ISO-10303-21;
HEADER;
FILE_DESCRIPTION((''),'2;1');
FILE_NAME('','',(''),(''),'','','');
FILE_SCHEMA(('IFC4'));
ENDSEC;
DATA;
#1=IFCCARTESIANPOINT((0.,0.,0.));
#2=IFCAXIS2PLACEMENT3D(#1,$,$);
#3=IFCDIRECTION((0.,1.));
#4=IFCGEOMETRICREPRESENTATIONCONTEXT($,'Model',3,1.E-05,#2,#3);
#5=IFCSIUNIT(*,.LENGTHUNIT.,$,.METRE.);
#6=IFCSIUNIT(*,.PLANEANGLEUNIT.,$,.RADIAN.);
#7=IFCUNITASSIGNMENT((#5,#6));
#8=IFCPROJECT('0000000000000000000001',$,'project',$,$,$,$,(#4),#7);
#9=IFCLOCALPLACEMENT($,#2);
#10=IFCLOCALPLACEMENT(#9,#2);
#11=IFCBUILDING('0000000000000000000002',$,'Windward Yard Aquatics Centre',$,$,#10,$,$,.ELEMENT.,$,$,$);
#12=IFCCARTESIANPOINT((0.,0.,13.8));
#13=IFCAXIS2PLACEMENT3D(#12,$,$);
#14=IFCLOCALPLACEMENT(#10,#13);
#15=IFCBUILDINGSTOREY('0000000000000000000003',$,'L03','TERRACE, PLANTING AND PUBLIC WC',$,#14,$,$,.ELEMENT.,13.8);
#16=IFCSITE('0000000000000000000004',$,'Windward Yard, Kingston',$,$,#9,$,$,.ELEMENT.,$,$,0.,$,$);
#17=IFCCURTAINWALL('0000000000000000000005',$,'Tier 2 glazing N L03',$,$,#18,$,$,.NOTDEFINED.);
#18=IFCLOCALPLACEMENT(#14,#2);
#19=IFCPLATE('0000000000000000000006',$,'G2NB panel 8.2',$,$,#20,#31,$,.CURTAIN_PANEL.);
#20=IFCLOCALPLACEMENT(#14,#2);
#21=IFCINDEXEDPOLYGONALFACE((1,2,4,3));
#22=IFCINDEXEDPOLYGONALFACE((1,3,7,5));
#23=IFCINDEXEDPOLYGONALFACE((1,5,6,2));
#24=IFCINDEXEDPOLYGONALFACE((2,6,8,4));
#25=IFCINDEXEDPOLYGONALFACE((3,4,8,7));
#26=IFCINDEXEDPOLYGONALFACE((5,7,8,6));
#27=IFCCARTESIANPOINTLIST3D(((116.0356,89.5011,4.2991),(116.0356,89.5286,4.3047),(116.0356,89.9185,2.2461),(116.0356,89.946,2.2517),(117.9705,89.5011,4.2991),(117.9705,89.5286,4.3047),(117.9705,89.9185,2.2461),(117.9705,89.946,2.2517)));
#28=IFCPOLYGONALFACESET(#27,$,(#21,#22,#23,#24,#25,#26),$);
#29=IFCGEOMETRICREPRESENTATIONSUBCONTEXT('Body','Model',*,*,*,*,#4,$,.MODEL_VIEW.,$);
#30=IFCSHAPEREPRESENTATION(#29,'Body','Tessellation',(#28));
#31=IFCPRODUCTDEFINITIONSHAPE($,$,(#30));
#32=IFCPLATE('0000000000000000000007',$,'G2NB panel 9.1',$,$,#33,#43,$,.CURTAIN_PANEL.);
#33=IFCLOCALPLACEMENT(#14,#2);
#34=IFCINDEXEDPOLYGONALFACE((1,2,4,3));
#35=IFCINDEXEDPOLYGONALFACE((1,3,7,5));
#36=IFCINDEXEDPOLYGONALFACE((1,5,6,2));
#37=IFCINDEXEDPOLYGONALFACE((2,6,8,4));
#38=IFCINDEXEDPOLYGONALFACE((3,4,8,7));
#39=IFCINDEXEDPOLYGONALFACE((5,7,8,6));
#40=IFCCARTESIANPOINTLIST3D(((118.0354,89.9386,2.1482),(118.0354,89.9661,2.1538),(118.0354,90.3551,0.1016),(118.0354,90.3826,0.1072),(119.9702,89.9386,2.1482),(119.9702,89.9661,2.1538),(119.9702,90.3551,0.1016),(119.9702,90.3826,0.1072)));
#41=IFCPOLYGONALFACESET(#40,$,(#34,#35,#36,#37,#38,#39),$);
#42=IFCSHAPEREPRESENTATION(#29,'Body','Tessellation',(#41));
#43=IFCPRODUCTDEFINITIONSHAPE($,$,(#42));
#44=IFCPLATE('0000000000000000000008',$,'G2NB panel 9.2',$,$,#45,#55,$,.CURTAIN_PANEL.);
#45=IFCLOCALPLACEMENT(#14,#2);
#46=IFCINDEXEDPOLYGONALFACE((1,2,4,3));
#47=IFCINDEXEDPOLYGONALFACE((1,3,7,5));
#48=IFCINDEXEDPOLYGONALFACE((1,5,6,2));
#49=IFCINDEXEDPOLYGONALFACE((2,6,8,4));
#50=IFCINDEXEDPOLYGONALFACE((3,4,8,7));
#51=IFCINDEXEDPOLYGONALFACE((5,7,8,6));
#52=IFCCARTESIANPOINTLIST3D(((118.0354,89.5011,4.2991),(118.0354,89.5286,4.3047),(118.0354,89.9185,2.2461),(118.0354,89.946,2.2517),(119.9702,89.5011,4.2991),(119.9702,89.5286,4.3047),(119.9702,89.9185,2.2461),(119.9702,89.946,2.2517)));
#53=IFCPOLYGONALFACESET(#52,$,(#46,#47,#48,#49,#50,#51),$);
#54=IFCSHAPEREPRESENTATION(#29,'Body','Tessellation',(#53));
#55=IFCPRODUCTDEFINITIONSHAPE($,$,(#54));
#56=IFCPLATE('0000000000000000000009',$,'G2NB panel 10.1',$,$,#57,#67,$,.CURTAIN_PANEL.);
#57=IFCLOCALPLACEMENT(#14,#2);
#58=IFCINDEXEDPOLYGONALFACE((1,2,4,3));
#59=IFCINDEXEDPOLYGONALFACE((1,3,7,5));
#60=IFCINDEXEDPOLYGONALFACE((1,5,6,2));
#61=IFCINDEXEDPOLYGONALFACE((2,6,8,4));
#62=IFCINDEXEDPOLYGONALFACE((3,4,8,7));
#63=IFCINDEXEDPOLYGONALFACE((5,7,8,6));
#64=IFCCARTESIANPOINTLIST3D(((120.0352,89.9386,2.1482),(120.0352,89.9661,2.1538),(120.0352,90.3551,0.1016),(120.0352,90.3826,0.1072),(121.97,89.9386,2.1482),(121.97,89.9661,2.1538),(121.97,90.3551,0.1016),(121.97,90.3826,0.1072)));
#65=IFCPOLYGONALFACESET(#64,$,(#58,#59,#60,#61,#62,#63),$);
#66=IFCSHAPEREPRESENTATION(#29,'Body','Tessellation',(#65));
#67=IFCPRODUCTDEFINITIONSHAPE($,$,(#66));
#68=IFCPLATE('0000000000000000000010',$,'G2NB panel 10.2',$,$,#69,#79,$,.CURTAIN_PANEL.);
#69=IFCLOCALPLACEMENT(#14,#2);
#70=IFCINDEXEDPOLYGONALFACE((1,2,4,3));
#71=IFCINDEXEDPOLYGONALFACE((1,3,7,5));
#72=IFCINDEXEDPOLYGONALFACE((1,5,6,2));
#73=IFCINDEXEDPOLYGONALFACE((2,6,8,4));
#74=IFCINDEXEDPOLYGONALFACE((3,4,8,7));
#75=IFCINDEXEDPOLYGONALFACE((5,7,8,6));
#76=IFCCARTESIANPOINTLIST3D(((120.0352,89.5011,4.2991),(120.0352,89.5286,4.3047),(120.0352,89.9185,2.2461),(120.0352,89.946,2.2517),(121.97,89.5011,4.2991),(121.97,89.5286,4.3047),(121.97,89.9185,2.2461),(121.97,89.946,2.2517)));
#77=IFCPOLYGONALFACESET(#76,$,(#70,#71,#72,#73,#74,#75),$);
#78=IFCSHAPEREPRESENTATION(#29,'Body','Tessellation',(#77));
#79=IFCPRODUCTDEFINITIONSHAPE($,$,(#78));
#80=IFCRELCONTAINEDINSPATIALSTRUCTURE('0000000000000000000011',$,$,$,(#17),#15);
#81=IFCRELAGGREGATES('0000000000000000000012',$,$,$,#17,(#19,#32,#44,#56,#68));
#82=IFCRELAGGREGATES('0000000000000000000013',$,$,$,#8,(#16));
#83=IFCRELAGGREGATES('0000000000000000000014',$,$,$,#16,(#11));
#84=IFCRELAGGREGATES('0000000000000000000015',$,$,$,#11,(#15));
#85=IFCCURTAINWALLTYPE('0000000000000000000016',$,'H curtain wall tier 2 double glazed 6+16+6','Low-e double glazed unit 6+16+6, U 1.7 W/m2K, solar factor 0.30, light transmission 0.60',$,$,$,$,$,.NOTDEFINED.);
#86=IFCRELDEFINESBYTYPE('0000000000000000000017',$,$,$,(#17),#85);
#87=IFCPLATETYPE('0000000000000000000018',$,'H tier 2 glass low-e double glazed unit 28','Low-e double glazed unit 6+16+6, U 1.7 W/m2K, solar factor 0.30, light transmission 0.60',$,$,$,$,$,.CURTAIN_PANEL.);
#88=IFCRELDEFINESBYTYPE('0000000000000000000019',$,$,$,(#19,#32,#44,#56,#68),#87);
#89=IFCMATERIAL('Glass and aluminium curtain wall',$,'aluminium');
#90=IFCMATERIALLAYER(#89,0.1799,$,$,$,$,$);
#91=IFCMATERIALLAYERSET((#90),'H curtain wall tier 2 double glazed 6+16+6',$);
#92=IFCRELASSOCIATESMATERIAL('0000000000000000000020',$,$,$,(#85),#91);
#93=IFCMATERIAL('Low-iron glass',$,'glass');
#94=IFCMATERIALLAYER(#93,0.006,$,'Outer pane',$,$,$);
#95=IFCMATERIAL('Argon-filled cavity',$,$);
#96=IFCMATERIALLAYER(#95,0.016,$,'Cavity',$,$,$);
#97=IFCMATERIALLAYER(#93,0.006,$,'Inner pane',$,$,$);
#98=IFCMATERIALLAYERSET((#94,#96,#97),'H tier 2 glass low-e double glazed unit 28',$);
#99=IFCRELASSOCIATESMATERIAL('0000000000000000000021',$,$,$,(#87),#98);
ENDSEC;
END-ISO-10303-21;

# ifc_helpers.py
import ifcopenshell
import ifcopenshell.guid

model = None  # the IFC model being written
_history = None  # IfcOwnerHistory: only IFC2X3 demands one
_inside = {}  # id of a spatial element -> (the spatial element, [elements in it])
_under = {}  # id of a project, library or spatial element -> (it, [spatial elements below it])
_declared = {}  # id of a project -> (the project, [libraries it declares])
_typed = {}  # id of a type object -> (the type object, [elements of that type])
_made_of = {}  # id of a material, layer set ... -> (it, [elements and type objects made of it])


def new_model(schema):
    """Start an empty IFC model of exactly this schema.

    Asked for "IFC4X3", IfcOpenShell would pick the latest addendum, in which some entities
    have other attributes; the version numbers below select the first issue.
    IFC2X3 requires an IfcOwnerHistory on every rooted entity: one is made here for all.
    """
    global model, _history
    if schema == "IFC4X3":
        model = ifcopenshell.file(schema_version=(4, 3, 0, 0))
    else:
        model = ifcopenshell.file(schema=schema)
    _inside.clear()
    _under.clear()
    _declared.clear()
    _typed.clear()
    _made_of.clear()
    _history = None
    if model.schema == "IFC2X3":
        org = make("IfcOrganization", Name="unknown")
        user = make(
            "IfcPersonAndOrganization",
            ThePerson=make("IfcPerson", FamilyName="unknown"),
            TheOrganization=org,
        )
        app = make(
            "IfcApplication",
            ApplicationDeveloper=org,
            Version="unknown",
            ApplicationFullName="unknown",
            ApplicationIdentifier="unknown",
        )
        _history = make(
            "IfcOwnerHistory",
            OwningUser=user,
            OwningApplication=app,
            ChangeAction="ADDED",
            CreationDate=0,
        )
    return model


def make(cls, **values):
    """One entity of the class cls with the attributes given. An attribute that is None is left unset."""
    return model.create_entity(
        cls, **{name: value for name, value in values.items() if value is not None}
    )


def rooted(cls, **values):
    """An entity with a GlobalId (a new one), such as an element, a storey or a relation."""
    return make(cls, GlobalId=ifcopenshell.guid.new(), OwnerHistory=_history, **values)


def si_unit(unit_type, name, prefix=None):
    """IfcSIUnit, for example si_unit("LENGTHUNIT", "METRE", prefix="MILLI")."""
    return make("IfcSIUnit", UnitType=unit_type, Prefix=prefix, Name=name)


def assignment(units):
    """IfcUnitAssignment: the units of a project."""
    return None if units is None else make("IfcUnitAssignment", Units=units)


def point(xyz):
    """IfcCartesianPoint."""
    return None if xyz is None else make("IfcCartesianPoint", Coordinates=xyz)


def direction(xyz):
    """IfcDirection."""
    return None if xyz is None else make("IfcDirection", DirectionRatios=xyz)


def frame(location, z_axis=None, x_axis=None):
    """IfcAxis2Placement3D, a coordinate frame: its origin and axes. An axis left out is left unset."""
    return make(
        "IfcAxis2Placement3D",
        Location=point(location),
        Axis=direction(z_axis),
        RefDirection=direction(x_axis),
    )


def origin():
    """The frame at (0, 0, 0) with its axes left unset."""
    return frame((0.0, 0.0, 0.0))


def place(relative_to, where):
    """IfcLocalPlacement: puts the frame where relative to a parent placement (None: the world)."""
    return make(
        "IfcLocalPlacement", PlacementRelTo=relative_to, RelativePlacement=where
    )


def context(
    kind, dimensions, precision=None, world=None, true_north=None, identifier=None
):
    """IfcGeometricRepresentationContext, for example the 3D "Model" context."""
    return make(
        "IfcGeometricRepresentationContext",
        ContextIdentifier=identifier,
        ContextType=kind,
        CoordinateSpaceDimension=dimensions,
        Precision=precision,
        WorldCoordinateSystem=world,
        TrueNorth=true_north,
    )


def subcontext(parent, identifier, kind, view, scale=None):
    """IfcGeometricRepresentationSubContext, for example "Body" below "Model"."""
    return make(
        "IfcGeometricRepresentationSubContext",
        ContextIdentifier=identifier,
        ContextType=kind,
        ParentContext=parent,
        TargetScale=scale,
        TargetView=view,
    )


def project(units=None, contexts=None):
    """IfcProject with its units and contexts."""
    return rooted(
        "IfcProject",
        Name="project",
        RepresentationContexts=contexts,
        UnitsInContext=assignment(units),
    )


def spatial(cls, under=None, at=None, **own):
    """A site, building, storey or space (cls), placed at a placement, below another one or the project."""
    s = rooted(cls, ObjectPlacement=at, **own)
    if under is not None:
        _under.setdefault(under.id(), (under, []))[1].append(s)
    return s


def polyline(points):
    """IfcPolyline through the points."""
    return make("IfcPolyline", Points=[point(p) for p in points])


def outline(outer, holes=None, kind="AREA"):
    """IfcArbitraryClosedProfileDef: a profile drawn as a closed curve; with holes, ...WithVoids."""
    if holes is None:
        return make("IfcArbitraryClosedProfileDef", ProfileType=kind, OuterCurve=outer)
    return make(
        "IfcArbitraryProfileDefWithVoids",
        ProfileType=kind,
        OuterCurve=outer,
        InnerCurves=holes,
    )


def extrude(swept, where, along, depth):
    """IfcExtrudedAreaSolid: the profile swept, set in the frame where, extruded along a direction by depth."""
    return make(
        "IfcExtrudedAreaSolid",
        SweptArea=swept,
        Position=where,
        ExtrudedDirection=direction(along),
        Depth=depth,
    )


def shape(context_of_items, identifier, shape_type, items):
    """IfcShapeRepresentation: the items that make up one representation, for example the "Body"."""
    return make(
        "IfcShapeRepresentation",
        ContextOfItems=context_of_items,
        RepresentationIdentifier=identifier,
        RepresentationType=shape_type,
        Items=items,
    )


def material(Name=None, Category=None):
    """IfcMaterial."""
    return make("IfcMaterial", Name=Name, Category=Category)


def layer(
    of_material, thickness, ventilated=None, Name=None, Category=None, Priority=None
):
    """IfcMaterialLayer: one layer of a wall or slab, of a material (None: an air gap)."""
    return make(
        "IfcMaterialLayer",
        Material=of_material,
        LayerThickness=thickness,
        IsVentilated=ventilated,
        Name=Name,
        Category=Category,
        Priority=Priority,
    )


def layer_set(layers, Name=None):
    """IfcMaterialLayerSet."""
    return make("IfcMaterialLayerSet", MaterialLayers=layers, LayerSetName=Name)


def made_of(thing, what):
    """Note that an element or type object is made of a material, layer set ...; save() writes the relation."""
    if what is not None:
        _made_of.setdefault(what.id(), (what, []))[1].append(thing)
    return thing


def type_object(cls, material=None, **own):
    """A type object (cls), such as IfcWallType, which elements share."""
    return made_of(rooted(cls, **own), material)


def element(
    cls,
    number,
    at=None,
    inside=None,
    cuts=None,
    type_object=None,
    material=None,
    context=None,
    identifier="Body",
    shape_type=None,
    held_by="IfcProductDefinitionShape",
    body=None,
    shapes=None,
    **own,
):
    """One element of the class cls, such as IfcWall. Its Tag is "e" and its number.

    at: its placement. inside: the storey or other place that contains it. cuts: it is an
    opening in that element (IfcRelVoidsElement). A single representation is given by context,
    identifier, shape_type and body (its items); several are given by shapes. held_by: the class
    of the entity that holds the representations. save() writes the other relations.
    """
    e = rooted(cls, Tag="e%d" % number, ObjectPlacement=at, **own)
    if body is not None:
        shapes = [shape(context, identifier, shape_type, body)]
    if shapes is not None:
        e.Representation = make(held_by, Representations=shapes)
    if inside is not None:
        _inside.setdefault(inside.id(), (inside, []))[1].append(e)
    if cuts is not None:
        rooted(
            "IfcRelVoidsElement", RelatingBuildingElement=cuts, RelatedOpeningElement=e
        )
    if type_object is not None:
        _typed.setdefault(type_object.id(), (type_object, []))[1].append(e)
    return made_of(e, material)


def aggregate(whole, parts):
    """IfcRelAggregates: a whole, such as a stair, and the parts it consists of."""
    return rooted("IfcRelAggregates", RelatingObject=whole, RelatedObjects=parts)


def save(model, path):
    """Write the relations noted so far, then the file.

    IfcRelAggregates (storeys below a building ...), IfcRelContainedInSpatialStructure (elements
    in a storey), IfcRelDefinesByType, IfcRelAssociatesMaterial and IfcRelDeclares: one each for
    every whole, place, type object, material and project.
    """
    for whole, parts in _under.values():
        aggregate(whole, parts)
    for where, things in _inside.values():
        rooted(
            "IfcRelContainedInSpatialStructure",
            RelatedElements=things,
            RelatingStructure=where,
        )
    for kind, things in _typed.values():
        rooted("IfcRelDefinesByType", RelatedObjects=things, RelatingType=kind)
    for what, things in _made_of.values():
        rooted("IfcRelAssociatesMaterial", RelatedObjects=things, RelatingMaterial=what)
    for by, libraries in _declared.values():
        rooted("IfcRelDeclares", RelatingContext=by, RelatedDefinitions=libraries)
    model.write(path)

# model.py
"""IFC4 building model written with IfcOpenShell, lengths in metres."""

from ifc_helpers import new_model, si_unit, direction, frame, origin, place, context, subcontext, project, spatial, polyline, outline, extrude, material, layer, layer_set, type_object, element, aggregate, save


model = new_model("IFC4")

# Units and contexts
model_context = context("Model", 3, precision=1e-05, world=origin(), true_north=direction((0.0, 1.0)))
body_context = subcontext(model_context, "Body", "Model", "MODEL_VIEW")
ifc_project = project(units=[si_unit("LENGTHUNIT", "METRE"), si_unit("PLANEANGLEUNIT", "RADIAN")], contexts=[model_context])

# Site, building, storey
site_placement = place(None, origin())
site = spatial("IfcSite", under=ifc_project, at=site_placement, Name="Windward Yard, Kingston", CompositionType="ELEMENT", RefElevation=0.0)
building_placement = place(site_placement, origin())
building = spatial("IfcBuilding", under=site, at=building_placement, Name="Windward Yard Aquatics Centre", CompositionType="ELEMENT")
storey_placement = place(building_placement, frame((0.0, 0.0, 13.8)))
storey = spatial("IfcBuildingStorey", under=building, at=storey_placement, Name="L03", Description="TERRACE, PLANTING AND PUBLIC WC", CompositionType="ELEMENT", Elevation=13.8)

# Curtain wall
ifc_material_1 = material(Name="Glass and aluminium curtain wall", Category="aluminium")
ifc_layer_1 = layer(ifc_material_1, 0.1799)
ifc_layer_set_1 = layer_set([ifc_layer_1], Name="H curtain wall tier 2 double glazed 6+16+6")
curtain_wall_type = type_object("IfcCurtainWallType", Name="H curtain wall tier 2 double glazed 6+16+6", Description="Low-e double glazed unit 6+16+6, U 1.7 W/m2K, solar factor 0.30, light transmission 0.60", PredefinedType="NOTDEFINED", material=ifc_layer_set_1)
curtain_wall_placement = place(storey_placement, origin())
curtain_wall = element("IfcCurtainWall", 1, at=curtain_wall_placement, inside=storey, type_object=curtain_wall_type, Name="Tier 2 glazing N L03", PredefinedType="NOTDEFINED")

# Plates
ifc_material_2 = material(Name="Low-iron glass", Category="glass")
ifc_layer_2 = layer(ifc_material_2, 0.006, Name="Outer pane")
ifc_material_3 = material(Name="Argon-filled cavity")
ifc_layer_3 = layer(ifc_material_3, 0.016, Name="Cavity")
ifc_layer_4 = layer(ifc_material_2, 0.006, Name="Inner pane")
ifc_layer_set_2 = layer_set([ifc_layer_2, ifc_layer_3, ifc_layer_4], Name="H tier 2 glass low-e double glazed unit 28")
plate_type = type_object("IfcPlateType", Name="H tier 2 glass low-e double glazed unit 28", Description="Low-e double glazed unit 6+16+6, U 1.7 W/m2K, solar factor 0.30, light transmission 0.60", PredefinedType="CURTAIN_PANEL", material=ifc_layer_set_2)
plate_1_placement = place(storey_placement, frame((116.0356, 89.5286, 4.3047), z_axis=(0.0, 0.979944, 0.199275), x_axis=(0.0, 0.199275, -0.979944)))
plate_1 = element("IfcPlate", 2, at=plate_1_placement, type_object=plate_type, Name="G2NB panel 8.2", PredefinedType="CURTAIN_PANEL", context=body_context, shape_type="SweptSolid", body=[
    extrude(outline(polyline([(0.0, 0.0), (2.095, 0.0), (2.095, -1.9348), (0.0, -1.9348), (0.0, 0.0)])), origin(), (0.0, 0.0, -1.0), 0.0281),
])
plate_2_placement = place(storey_placement, frame((118.0354, 89.9661, 2.1538), z_axis=(0.0, 0.979914, 0.199419), x_axis=(0.0, 0.199419, -0.979914)))
plate_2 = element("IfcPlate", 3, at=plate_2_placement, type_object=plate_type, Name="G2NB panel 9.1", PredefinedType="CURTAIN_PANEL", context=body_context, shape_type="SweptSolid", body=[
    extrude(outline(polyline([(0.0, 0.0), (2.0886, 0.0), (2.0886, -1.9348), (0.0, -1.9348), (0.0, 0.0)])), origin(), (0.0, 0.0, -1.0), 0.0281),
])
plate_3_placement = place(storey_placement, frame((118.0354, 89.5286, 4.3047), z_axis=(0.0, 0.979944, 0.199275), x_axis=(0.0, 0.199275, -0.979944)))
plate_3 = element("IfcPlate", 4, at=plate_3_placement, type_object=plate_type, Name="G2NB panel 9.2", PredefinedType="CURTAIN_PANEL", context=body_context, shape_type="SweptSolid", body=[
    extrude(outline(polyline([(0.0, 0.0), (2.095, 0.0), (2.095, -1.9348), (0.0, -1.9348), (0.0, 0.0)])), origin(), (0.0, 0.0, -1.0), 0.0281),
])
plate_4_placement = place(storey_placement, frame((120.0352, 89.9661, 2.1538), z_axis=(0.0, 0.979914, 0.199419), x_axis=(0.0, 0.199419, -0.979914)))
plate_4 = element("IfcPlate", 5, at=plate_4_placement, type_object=plate_type, Name="G2NB panel 10.1", PredefinedType="CURTAIN_PANEL", context=body_context, shape_type="SweptSolid", body=[
    extrude(outline(polyline([(0.0, 0.0), (2.0886, 0.0), (2.0886, -1.9348), (0.0, -1.9348), (0.0, 0.0)])), origin(), (0.0, 0.0, -1.0), 0.0281),
])
plate_5_placement = place(storey_placement, frame((120.0352, 89.5286, 4.3047), z_axis=(0.0, 0.979944, 0.199275), x_axis=(0.0, 0.199275, -0.979944)))
plate_5 = element("IfcPlate", 6, at=plate_5_placement, type_object=plate_type, Name="G2NB panel 10.2", PredefinedType="CURTAIN_PANEL", context=body_context, shape_type="SweptSolid", body=[
    extrude(outline(polyline([(0.0, 0.0), (2.095, 0.0), (2.095, -1.9348), (0.0, -1.9348), (0.0, 0.0)])), origin(), (0.0, 0.0, -1.0), 0.0281),
])
aggregate(curtain_wall, [plate_1, plate_2, plate_3, plate_4, plate_5])

save(model, "model.ifc")
